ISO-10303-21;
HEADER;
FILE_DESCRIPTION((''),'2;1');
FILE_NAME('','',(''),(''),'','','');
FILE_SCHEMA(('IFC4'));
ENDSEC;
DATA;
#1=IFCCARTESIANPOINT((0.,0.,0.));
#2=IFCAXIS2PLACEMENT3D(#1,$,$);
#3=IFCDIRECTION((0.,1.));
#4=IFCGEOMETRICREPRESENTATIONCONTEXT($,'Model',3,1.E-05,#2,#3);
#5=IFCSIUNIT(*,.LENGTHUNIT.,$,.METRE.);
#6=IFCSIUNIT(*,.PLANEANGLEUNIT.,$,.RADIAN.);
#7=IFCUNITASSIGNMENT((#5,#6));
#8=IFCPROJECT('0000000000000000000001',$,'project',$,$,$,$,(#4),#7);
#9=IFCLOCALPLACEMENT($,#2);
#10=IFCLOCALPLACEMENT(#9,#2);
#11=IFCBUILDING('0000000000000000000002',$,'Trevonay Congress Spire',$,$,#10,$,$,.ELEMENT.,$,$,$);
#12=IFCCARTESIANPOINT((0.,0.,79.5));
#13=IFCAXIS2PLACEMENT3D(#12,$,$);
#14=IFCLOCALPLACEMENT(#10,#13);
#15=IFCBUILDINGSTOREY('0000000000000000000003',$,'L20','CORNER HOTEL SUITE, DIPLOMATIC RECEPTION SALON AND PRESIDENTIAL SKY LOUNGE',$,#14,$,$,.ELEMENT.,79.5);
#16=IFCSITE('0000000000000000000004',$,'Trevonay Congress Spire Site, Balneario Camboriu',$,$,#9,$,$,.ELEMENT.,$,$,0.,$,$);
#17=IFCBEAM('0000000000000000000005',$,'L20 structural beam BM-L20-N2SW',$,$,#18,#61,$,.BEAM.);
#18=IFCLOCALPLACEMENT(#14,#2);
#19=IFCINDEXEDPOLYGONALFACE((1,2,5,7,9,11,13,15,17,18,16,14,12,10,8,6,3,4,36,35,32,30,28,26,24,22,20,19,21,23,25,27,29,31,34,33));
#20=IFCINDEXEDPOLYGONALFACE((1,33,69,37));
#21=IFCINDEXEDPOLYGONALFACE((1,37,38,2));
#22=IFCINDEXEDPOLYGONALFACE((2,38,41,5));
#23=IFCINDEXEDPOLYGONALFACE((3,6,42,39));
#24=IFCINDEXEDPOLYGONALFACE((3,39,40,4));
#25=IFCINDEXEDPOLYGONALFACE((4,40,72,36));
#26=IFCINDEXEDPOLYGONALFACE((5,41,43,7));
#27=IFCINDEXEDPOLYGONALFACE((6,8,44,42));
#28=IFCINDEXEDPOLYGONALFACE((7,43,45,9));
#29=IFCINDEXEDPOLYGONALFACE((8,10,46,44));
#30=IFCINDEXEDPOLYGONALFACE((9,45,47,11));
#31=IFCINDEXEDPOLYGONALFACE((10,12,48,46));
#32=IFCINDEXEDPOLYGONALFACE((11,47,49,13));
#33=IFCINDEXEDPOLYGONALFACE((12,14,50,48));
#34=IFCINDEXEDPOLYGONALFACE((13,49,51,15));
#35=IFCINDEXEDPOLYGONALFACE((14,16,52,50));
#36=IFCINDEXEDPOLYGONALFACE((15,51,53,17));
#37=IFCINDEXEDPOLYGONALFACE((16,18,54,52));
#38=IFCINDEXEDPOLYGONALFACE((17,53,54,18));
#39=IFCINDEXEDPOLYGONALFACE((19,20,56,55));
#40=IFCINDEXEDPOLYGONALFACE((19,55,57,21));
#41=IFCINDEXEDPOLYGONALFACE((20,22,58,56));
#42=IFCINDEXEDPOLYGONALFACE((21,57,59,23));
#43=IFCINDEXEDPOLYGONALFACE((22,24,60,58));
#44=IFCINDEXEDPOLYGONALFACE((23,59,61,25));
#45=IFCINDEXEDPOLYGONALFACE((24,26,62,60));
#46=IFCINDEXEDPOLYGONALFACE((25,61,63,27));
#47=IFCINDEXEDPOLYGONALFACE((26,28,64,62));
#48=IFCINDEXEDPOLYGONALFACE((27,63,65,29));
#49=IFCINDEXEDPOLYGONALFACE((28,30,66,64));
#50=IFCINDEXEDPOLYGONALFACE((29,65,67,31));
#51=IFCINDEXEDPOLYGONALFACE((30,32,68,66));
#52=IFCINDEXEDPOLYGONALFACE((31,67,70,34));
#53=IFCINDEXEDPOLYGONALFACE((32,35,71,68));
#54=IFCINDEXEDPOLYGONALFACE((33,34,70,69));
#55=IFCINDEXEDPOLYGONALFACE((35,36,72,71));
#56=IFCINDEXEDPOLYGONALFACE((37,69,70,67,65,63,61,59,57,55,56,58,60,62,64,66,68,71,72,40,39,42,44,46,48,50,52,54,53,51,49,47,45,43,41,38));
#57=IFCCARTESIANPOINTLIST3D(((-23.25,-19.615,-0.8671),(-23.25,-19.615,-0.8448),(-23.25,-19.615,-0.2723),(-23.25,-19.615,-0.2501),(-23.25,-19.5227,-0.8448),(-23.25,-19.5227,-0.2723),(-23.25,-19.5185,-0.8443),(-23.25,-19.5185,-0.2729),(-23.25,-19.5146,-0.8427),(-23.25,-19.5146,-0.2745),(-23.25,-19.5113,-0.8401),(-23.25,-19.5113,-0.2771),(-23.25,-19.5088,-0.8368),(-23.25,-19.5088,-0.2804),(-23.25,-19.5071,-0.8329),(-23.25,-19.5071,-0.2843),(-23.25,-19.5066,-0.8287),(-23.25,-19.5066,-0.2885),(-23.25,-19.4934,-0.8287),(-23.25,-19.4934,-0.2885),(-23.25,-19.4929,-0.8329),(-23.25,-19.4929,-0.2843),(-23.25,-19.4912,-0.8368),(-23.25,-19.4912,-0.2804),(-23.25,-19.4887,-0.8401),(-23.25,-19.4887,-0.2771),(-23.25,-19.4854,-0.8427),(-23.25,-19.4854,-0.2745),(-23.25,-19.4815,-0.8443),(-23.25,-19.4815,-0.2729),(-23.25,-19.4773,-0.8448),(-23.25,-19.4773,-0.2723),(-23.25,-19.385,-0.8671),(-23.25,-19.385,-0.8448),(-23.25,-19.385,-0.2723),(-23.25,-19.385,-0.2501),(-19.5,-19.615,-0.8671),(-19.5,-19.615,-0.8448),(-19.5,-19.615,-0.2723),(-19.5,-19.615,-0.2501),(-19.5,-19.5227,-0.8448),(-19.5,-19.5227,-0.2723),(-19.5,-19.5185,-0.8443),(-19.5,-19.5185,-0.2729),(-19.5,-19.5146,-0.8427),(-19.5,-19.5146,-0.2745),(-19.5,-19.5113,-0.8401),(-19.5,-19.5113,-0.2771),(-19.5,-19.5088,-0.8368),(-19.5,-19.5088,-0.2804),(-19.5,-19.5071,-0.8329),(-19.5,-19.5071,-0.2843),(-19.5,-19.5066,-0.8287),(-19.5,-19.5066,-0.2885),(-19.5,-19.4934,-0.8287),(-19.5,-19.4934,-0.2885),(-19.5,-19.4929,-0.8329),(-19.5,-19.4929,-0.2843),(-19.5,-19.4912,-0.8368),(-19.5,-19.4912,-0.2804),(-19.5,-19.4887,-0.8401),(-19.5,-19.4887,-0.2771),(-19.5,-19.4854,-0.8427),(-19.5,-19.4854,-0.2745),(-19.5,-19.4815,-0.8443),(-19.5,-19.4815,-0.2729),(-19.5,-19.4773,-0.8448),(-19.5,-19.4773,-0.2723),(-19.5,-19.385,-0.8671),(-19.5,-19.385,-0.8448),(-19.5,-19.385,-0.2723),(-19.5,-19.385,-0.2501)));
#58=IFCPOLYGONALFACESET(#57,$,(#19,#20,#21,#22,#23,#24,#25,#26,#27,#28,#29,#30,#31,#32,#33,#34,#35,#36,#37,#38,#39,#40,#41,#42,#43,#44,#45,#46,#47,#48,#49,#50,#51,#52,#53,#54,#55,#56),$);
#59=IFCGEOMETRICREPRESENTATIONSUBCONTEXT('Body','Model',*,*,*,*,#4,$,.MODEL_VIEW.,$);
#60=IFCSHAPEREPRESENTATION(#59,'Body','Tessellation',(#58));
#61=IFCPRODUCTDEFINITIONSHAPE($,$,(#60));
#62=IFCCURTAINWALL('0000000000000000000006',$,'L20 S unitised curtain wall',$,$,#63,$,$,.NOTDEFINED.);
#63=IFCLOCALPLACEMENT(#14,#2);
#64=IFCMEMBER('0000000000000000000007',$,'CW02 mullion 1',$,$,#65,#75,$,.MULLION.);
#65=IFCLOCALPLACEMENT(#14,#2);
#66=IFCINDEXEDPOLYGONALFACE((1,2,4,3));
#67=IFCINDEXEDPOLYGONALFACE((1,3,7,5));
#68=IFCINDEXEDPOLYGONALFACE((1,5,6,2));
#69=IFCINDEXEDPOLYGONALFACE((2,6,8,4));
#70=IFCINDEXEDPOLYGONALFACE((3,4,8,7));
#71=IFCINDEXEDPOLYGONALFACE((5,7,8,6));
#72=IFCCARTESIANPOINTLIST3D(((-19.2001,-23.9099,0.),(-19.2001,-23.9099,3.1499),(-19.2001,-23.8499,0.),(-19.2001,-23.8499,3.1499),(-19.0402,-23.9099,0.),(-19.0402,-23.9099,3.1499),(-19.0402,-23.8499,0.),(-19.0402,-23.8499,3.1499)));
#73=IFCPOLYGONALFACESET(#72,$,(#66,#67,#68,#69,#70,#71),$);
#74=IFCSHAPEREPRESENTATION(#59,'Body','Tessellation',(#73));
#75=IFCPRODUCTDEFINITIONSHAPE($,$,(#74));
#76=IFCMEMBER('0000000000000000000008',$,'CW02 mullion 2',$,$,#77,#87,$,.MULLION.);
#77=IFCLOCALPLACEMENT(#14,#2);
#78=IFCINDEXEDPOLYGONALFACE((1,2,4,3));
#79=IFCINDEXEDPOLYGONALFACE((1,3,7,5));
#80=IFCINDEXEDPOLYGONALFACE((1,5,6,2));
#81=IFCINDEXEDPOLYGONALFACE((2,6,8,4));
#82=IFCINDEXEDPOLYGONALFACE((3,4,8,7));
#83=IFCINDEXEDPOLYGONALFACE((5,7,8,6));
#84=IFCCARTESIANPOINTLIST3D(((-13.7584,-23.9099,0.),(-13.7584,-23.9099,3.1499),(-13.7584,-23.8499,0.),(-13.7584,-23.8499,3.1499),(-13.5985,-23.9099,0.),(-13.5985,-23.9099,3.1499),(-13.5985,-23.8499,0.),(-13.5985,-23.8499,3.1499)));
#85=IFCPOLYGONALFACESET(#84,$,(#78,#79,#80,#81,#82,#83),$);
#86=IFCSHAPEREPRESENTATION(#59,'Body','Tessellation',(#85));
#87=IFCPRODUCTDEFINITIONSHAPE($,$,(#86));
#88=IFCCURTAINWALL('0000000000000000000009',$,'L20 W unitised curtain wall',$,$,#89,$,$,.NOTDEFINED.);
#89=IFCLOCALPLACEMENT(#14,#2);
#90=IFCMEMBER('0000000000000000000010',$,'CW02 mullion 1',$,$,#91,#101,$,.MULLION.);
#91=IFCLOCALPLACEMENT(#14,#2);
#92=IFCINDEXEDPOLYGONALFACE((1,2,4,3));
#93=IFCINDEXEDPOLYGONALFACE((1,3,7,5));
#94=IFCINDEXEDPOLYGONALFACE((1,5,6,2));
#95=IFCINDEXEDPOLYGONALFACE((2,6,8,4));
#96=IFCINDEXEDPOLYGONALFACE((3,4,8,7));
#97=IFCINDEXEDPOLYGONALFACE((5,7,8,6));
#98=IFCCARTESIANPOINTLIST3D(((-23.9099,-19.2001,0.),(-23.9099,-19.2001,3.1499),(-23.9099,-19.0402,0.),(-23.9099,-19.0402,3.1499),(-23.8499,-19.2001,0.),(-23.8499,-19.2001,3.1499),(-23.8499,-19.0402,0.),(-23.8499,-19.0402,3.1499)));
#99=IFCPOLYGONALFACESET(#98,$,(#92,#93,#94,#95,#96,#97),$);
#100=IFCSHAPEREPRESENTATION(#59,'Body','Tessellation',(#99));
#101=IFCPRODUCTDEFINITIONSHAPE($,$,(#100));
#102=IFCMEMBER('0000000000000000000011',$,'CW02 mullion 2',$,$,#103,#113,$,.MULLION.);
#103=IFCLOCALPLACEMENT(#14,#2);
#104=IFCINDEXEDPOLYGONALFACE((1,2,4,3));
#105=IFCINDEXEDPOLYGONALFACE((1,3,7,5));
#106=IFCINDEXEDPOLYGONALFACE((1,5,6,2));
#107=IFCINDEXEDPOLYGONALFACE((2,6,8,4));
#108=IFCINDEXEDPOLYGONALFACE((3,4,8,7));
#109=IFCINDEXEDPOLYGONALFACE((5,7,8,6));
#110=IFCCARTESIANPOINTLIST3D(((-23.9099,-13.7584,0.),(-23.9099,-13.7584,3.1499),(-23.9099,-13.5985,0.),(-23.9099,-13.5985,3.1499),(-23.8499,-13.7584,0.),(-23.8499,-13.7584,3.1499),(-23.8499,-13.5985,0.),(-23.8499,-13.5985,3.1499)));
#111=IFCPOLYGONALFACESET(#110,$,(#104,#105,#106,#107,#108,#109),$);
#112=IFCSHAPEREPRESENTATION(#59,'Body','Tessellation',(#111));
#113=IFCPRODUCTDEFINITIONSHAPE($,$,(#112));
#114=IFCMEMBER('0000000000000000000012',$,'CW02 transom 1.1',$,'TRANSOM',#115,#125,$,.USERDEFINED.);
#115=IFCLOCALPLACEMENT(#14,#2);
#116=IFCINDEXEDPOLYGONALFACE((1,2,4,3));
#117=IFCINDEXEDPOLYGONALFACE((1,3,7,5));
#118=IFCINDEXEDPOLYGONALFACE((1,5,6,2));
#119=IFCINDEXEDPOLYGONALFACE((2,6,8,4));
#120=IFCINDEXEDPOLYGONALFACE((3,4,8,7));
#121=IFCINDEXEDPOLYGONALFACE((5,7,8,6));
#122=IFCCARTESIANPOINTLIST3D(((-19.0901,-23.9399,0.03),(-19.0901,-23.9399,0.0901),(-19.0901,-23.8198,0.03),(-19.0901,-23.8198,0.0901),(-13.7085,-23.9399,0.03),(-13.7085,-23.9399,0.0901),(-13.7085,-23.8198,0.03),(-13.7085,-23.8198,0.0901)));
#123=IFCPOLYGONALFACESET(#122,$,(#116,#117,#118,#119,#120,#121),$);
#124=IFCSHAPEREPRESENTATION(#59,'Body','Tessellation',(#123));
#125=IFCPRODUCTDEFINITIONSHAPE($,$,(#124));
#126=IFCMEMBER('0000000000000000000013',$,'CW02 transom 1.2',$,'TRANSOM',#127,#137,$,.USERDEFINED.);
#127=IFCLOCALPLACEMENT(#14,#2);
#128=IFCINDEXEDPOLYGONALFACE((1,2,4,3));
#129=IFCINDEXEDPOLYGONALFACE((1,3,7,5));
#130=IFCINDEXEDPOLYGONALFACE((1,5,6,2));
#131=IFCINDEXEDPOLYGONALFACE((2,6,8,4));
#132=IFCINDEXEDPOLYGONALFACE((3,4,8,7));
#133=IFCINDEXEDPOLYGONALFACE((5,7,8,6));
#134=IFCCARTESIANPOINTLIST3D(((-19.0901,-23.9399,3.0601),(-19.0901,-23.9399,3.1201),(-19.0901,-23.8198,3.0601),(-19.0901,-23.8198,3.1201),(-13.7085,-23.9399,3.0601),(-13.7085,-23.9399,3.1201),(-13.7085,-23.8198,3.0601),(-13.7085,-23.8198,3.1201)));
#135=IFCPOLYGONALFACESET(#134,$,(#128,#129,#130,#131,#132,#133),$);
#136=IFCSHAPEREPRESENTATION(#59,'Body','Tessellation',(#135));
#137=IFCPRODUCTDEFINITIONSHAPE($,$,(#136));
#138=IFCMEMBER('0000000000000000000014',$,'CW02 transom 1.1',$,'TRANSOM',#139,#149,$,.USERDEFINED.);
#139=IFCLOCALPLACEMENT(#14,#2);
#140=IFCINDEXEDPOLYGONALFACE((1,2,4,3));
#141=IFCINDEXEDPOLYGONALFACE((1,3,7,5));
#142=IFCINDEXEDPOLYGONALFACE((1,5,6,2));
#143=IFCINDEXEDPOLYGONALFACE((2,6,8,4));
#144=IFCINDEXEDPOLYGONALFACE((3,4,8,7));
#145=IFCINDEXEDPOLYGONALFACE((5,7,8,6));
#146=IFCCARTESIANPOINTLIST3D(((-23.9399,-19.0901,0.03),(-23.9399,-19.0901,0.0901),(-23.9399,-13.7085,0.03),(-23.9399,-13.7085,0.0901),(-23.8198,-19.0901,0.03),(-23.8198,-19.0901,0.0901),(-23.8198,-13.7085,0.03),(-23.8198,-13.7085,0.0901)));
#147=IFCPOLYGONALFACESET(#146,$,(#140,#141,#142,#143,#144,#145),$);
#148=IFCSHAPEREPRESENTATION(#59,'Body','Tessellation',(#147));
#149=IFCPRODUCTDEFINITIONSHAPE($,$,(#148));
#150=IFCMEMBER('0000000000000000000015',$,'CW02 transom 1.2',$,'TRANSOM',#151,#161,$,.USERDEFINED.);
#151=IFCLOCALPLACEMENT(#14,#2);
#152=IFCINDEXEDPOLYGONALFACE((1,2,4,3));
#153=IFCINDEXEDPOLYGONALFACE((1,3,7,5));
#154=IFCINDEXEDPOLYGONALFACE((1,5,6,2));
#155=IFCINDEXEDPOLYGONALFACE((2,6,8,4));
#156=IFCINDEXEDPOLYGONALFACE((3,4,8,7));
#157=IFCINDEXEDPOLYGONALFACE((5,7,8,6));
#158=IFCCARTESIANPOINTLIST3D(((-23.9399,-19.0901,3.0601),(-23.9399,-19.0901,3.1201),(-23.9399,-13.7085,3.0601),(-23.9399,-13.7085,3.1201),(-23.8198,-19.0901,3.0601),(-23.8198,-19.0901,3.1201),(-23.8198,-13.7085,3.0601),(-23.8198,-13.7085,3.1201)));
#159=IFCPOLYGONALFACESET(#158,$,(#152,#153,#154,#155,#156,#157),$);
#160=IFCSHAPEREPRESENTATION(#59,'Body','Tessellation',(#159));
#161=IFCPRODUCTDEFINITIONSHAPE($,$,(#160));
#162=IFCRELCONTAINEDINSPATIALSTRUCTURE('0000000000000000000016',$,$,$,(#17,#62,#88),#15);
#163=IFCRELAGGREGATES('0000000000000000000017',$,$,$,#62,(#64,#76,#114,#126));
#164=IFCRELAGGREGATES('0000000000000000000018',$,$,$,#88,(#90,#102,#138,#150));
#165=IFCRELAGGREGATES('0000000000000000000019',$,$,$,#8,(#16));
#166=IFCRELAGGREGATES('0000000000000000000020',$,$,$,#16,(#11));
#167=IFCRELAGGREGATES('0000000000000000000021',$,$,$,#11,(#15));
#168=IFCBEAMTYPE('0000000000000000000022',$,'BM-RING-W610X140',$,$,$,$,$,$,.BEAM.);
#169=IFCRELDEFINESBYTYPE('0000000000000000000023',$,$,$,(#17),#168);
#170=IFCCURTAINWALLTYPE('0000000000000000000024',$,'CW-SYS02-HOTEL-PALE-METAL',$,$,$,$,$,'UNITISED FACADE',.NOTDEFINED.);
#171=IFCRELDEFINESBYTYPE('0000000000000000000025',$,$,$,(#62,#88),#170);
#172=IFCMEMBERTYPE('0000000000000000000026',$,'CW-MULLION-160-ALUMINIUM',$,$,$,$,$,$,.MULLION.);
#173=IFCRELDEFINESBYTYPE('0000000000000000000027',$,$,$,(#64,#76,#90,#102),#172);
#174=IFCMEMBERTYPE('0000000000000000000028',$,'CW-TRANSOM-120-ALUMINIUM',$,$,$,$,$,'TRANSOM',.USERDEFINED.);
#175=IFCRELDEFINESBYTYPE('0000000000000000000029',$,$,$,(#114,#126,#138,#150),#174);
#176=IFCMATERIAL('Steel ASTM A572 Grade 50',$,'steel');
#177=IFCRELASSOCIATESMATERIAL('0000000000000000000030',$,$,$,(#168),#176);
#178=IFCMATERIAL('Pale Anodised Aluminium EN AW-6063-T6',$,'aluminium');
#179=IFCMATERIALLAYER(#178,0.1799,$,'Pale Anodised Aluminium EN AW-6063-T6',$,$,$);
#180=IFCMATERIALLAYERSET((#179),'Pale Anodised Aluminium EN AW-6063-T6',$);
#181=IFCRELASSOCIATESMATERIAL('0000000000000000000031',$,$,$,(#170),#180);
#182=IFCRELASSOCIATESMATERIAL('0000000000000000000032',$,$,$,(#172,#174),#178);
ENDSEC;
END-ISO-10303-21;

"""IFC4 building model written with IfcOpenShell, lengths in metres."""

from ifc_helpers import new_model, si_unit, direction, frame, origin, origin_2d, place, context, subcontext, project, spatial, rectangle, i_section, extrude, material, layer, layer_set, material_profile, profile_set, type_object, element, aggregate, save


model = new_model("IFC4")

# Units and contexts
model_context = context("Model", 3, precision=1e-05, world=origin(), true_north=direction((0.0, 1.0)))
body_context = subcontext(model_context, "Body", "Model", "MODEL_VIEW")
ifc_project = project(units=[si_unit("LENGTHUNIT", "METRE"), si_unit("PLANEANGLEUNIT", "RADIAN")], contexts=[model_context])

# Site, building, storey
site_placement = place(None, origin())
site = spatial("IfcSite", under=ifc_project, at=site_placement, Name="Trevonay Congress Spire Site, Balneario Camboriu", CompositionType="ELEMENT", RefElevation=0.0)
building_placement = place(site_placement, origin())
building = spatial("IfcBuilding", under=site, at=building_placement, Name="Trevonay Congress Spire", CompositionType="ELEMENT")
storey_placement = place(building_placement, frame((0.0, 0.0, 79.5)))
storey = spatial("IfcBuildingStorey", under=building, at=storey_placement, Name="L20", Description="CORNER HOTEL SUITE, DIPLOMATIC RECEPTION SALON AND PRESIDENTIAL SKY LOUNGE", CompositionType="ELEMENT", Elevation=79.5)

# Shared definitions
ifc_material_1 = material(Name="Steel ASTM A572 Grade 50", Category="steel")

# Beam
ifc_material_profile_1 = material_profile(ifc_material_1, i_section(OverallWidth=0.23, OverallDepth=0.6169, WebThickness=0.0132, FlangeThickness=0.0222, FilletRadius=0.0161, at=origin_2d()), Name="W610x140")
ifc_profile_set_1 = profile_set([ifc_material_profile_1], Name="Steel ASTM A572 Grade 50")
beam_type_1 = type_object("IfcBeamType", Name="BM-RING-W610X140", PredefinedType="BEAM", material=ifc_profile_set_1)
for number, where, z_axis, x_axis, name in (
    (1, (-23.25, -19.5, -0.5586), (1.0, 0.0, 0.0), (0.0, 1.0, 0.0), "L20 structural beam BM-L20-N2SW"),
):
    element("IfcBeam", number, at=place(storey_placement, frame(where, z_axis=z_axis, x_axis=x_axis)), inside=storey, type_object=beam_type_1, Name=name, PredefinedType="BEAM", context=body_context, shape_type="SweptSolid", body=[
        extrude(i_section(OverallWidth=0.23, OverallDepth=0.6169, WebThickness=0.0132, FlangeThickness=0.0222, FilletRadius=0.0161, at=origin_2d()), origin(), (0.0, 0.0, 1.0), 3.75),
    ])

# Curtain walls, members
ifc_material_2 = material(Name="Pale Anodised Aluminium EN AW-6063-T6", Category="aluminium")
ifc_layer_1 = layer(ifc_material_2, 0.1799, Name="Pale Anodised Aluminium EN AW-6063-T6")
ifc_layer_set_1 = layer_set([ifc_layer_1], Name="Pale Anodised Aluminium EN AW-6063-T6")
curtain_wall_type = type_object("IfcCurtainWallType", Name="CW-SYS02-HOTEL-PALE-METAL", ElementType="UNITISED FACADE", PredefinedType="NOTDEFINED", material=ifc_layer_set_1)
curtain_wall_1_placement = place(storey_placement, origin())
curtain_wall_1 = element("IfcCurtainWall", 2, at=curtain_wall_1_placement, inside=storey, type_object=curtain_wall_type, Name="L20 S unitised curtain wall", PredefinedType="NOTDEFINED")
ifc_material_profile_2 = material_profile(ifc_material_2, rectangle(XDim=0.0601, YDim=0.1599, at=origin_2d()), Name="CW-MULLION-160-ALUMINIUM")
ifc_profile_set_2 = profile_set([ifc_material_profile_2], Name="Pale Anodised Aluminium EN AW-6063-T6")
member_type_1 = type_object("IfcMemberType", Name="CW-MULLION-160-ALUMINIUM", PredefinedType="MULLION", material=ifc_profile_set_2)
member_1_placement = place(storey_placement, frame((-19.1201, -23.8799, 0.0), z_axis=(0.0, 0.0, 1.0), x_axis=(0.0, 1.0, 0.0)))
member_1 = element("IfcMember", 3, at=member_1_placement, type_object=member_type_1, Name="CW02 mullion 1", PredefinedType="MULLION", context=body_context, shape_type="SweptSolid", body=[
    extrude(rectangle(XDim=0.0601, YDim=0.1599, at=origin_2d()), origin(), (0.0, 0.0, 1.0), 3.1499),
])
member_2_placement = place(storey_placement, frame((-13.6785, -23.8799, 0.0), z_axis=(0.0, 0.0, 1.0), x_axis=(0.0, 1.0, 0.0)))
member_2 = element("IfcMember", 4, at=member_2_placement, type_object=member_type_1, Name="CW02 mullion 2", PredefinedType="MULLION", context=body_context, shape_type="SweptSolid", body=[
    extrude(rectangle(XDim=0.0601, YDim=0.1599, at=origin_2d()), origin(), (0.0, 0.0, 1.0), 3.1499),
])
curtain_wall_2_placement = place(storey_placement, origin())
curtain_wall_2 = element("IfcCurtainWall", 5, at=curtain_wall_2_placement, inside=storey, type_object=curtain_wall_type, Name="L20 W unitised curtain wall", PredefinedType="NOTDEFINED")
member_3_placement = place(storey_placement, frame((-23.8799, -19.1201, 0.0), z_axis=(0.0, 0.0, 1.0), x_axis=(-1.0, 0.0, 0.0)))
member_3 = element("IfcMember", 6, at=member_3_placement, type_object=member_type_1, Name="CW02 mullion 1", PredefinedType="MULLION", context=body_context, shape_type="SweptSolid", body=[
    extrude(rectangle(XDim=0.0601, YDim=0.1599, at=origin_2d()), origin(), (0.0, 0.0, 1.0), 3.1499),
])
member_4_placement = place(storey_placement, frame((-23.8799, -13.6785, 0.0), z_axis=(0.0, 0.0, 1.0), x_axis=(-1.0, 0.0, 0.0)))
member_4 = element("IfcMember", 7, at=member_4_placement, type_object=member_type_1, Name="CW02 mullion 2", PredefinedType="MULLION", context=body_context, shape_type="SweptSolid", body=[
    extrude(rectangle(XDim=0.0601, YDim=0.1599, at=origin_2d()), origin(), (0.0, 0.0, 1.0), 3.1499),
])

# Members
ifc_material_profile_3 = material_profile(ifc_material_2, rectangle(XDim=0.1201, YDim=0.0601, at=origin_2d()), Name="CW-TRANSOM-120-ALUMINIUM")
ifc_profile_set_3 = profile_set([ifc_material_profile_3], Name="Pale Anodised Aluminium EN AW-6063-T6")
member_type_2 = type_object("IfcMemberType", Name="CW-TRANSOM-120-ALUMINIUM", ElementType="TRANSOM", PredefinedType="USERDEFINED", material=ifc_profile_set_3)
member_5_placement = place(storey_placement, frame((-19.0901, -23.8799, 0.0601), z_axis=(1.0, 0.0, 0.0), x_axis=(0.0, 1.0, 0.0)))
member_5 = element("IfcMember", 8, at=member_5_placement, type_object=member_type_2, Name="CW02 transom 1.1", ObjectType="TRANSOM", PredefinedType="USERDEFINED", context=body_context, shape_type="SweptSolid", body=[
    extrude(rectangle(XDim=0.1201, YDim=0.0601, at=origin_2d()), origin(), (0.0, 0.0, 1.0), 5.3816),
])
member_6_placement = place(storey_placement, frame((-19.0901, -23.8799, 3.0901), z_axis=(1.0, 0.0, 0.0), x_axis=(0.0, 1.0, 0.0)))
member_6 = element("IfcMember", 9, at=member_6_placement, type_object=member_type_2, Name="CW02 transom 1.2", ObjectType="TRANSOM", PredefinedType="USERDEFINED", context=body_context, shape_type="SweptSolid", body=[
    extrude(rectangle(XDim=0.1201, YDim=0.0601, at=origin_2d()), origin(), (0.0, 0.0, 1.0), 5.3816),
])
member_7_placement = place(storey_placement, frame((-23.8799, -19.0901, 0.0601), z_axis=(0.0, 1.0, 0.0), x_axis=(-1.0, 0.0, 0.0)))
member_7 = element("IfcMember", 10, at=member_7_placement, type_object=member_type_2, Name="CW02 transom 1.1", ObjectType="TRANSOM", PredefinedType="USERDEFINED", context=body_context, shape_type="SweptSolid", body=[
    extrude(rectangle(XDim=0.1201, YDim=0.0601, at=origin_2d()), origin(), (0.0, 0.0, 1.0), 5.3816),
])
member_8_placement = place(storey_placement, frame((-23.8799, -19.0901, 3.0901), z_axis=(0.0, 1.0, 0.0), x_axis=(-1.0, 0.0, 0.0)))
member_8 = element("IfcMember", 11, at=member_8_placement, type_object=member_type_2, Name="CW02 transom 1.2", ObjectType="TRANSOM", PredefinedType="USERDEFINED", context=body_context, shape_type="SweptSolid", body=[
    extrude(rectangle(XDim=0.1201, YDim=0.0601, at=origin_2d()), origin(), (0.0, 0.0, 1.0), 5.3816),
])

aggregate(curtain_wall_1, [member_1, member_2, member_5, member_6])
aggregate(curtain_wall_2, [member_3, member_4, member_7, member_8])

save(model, "model.ifc")
